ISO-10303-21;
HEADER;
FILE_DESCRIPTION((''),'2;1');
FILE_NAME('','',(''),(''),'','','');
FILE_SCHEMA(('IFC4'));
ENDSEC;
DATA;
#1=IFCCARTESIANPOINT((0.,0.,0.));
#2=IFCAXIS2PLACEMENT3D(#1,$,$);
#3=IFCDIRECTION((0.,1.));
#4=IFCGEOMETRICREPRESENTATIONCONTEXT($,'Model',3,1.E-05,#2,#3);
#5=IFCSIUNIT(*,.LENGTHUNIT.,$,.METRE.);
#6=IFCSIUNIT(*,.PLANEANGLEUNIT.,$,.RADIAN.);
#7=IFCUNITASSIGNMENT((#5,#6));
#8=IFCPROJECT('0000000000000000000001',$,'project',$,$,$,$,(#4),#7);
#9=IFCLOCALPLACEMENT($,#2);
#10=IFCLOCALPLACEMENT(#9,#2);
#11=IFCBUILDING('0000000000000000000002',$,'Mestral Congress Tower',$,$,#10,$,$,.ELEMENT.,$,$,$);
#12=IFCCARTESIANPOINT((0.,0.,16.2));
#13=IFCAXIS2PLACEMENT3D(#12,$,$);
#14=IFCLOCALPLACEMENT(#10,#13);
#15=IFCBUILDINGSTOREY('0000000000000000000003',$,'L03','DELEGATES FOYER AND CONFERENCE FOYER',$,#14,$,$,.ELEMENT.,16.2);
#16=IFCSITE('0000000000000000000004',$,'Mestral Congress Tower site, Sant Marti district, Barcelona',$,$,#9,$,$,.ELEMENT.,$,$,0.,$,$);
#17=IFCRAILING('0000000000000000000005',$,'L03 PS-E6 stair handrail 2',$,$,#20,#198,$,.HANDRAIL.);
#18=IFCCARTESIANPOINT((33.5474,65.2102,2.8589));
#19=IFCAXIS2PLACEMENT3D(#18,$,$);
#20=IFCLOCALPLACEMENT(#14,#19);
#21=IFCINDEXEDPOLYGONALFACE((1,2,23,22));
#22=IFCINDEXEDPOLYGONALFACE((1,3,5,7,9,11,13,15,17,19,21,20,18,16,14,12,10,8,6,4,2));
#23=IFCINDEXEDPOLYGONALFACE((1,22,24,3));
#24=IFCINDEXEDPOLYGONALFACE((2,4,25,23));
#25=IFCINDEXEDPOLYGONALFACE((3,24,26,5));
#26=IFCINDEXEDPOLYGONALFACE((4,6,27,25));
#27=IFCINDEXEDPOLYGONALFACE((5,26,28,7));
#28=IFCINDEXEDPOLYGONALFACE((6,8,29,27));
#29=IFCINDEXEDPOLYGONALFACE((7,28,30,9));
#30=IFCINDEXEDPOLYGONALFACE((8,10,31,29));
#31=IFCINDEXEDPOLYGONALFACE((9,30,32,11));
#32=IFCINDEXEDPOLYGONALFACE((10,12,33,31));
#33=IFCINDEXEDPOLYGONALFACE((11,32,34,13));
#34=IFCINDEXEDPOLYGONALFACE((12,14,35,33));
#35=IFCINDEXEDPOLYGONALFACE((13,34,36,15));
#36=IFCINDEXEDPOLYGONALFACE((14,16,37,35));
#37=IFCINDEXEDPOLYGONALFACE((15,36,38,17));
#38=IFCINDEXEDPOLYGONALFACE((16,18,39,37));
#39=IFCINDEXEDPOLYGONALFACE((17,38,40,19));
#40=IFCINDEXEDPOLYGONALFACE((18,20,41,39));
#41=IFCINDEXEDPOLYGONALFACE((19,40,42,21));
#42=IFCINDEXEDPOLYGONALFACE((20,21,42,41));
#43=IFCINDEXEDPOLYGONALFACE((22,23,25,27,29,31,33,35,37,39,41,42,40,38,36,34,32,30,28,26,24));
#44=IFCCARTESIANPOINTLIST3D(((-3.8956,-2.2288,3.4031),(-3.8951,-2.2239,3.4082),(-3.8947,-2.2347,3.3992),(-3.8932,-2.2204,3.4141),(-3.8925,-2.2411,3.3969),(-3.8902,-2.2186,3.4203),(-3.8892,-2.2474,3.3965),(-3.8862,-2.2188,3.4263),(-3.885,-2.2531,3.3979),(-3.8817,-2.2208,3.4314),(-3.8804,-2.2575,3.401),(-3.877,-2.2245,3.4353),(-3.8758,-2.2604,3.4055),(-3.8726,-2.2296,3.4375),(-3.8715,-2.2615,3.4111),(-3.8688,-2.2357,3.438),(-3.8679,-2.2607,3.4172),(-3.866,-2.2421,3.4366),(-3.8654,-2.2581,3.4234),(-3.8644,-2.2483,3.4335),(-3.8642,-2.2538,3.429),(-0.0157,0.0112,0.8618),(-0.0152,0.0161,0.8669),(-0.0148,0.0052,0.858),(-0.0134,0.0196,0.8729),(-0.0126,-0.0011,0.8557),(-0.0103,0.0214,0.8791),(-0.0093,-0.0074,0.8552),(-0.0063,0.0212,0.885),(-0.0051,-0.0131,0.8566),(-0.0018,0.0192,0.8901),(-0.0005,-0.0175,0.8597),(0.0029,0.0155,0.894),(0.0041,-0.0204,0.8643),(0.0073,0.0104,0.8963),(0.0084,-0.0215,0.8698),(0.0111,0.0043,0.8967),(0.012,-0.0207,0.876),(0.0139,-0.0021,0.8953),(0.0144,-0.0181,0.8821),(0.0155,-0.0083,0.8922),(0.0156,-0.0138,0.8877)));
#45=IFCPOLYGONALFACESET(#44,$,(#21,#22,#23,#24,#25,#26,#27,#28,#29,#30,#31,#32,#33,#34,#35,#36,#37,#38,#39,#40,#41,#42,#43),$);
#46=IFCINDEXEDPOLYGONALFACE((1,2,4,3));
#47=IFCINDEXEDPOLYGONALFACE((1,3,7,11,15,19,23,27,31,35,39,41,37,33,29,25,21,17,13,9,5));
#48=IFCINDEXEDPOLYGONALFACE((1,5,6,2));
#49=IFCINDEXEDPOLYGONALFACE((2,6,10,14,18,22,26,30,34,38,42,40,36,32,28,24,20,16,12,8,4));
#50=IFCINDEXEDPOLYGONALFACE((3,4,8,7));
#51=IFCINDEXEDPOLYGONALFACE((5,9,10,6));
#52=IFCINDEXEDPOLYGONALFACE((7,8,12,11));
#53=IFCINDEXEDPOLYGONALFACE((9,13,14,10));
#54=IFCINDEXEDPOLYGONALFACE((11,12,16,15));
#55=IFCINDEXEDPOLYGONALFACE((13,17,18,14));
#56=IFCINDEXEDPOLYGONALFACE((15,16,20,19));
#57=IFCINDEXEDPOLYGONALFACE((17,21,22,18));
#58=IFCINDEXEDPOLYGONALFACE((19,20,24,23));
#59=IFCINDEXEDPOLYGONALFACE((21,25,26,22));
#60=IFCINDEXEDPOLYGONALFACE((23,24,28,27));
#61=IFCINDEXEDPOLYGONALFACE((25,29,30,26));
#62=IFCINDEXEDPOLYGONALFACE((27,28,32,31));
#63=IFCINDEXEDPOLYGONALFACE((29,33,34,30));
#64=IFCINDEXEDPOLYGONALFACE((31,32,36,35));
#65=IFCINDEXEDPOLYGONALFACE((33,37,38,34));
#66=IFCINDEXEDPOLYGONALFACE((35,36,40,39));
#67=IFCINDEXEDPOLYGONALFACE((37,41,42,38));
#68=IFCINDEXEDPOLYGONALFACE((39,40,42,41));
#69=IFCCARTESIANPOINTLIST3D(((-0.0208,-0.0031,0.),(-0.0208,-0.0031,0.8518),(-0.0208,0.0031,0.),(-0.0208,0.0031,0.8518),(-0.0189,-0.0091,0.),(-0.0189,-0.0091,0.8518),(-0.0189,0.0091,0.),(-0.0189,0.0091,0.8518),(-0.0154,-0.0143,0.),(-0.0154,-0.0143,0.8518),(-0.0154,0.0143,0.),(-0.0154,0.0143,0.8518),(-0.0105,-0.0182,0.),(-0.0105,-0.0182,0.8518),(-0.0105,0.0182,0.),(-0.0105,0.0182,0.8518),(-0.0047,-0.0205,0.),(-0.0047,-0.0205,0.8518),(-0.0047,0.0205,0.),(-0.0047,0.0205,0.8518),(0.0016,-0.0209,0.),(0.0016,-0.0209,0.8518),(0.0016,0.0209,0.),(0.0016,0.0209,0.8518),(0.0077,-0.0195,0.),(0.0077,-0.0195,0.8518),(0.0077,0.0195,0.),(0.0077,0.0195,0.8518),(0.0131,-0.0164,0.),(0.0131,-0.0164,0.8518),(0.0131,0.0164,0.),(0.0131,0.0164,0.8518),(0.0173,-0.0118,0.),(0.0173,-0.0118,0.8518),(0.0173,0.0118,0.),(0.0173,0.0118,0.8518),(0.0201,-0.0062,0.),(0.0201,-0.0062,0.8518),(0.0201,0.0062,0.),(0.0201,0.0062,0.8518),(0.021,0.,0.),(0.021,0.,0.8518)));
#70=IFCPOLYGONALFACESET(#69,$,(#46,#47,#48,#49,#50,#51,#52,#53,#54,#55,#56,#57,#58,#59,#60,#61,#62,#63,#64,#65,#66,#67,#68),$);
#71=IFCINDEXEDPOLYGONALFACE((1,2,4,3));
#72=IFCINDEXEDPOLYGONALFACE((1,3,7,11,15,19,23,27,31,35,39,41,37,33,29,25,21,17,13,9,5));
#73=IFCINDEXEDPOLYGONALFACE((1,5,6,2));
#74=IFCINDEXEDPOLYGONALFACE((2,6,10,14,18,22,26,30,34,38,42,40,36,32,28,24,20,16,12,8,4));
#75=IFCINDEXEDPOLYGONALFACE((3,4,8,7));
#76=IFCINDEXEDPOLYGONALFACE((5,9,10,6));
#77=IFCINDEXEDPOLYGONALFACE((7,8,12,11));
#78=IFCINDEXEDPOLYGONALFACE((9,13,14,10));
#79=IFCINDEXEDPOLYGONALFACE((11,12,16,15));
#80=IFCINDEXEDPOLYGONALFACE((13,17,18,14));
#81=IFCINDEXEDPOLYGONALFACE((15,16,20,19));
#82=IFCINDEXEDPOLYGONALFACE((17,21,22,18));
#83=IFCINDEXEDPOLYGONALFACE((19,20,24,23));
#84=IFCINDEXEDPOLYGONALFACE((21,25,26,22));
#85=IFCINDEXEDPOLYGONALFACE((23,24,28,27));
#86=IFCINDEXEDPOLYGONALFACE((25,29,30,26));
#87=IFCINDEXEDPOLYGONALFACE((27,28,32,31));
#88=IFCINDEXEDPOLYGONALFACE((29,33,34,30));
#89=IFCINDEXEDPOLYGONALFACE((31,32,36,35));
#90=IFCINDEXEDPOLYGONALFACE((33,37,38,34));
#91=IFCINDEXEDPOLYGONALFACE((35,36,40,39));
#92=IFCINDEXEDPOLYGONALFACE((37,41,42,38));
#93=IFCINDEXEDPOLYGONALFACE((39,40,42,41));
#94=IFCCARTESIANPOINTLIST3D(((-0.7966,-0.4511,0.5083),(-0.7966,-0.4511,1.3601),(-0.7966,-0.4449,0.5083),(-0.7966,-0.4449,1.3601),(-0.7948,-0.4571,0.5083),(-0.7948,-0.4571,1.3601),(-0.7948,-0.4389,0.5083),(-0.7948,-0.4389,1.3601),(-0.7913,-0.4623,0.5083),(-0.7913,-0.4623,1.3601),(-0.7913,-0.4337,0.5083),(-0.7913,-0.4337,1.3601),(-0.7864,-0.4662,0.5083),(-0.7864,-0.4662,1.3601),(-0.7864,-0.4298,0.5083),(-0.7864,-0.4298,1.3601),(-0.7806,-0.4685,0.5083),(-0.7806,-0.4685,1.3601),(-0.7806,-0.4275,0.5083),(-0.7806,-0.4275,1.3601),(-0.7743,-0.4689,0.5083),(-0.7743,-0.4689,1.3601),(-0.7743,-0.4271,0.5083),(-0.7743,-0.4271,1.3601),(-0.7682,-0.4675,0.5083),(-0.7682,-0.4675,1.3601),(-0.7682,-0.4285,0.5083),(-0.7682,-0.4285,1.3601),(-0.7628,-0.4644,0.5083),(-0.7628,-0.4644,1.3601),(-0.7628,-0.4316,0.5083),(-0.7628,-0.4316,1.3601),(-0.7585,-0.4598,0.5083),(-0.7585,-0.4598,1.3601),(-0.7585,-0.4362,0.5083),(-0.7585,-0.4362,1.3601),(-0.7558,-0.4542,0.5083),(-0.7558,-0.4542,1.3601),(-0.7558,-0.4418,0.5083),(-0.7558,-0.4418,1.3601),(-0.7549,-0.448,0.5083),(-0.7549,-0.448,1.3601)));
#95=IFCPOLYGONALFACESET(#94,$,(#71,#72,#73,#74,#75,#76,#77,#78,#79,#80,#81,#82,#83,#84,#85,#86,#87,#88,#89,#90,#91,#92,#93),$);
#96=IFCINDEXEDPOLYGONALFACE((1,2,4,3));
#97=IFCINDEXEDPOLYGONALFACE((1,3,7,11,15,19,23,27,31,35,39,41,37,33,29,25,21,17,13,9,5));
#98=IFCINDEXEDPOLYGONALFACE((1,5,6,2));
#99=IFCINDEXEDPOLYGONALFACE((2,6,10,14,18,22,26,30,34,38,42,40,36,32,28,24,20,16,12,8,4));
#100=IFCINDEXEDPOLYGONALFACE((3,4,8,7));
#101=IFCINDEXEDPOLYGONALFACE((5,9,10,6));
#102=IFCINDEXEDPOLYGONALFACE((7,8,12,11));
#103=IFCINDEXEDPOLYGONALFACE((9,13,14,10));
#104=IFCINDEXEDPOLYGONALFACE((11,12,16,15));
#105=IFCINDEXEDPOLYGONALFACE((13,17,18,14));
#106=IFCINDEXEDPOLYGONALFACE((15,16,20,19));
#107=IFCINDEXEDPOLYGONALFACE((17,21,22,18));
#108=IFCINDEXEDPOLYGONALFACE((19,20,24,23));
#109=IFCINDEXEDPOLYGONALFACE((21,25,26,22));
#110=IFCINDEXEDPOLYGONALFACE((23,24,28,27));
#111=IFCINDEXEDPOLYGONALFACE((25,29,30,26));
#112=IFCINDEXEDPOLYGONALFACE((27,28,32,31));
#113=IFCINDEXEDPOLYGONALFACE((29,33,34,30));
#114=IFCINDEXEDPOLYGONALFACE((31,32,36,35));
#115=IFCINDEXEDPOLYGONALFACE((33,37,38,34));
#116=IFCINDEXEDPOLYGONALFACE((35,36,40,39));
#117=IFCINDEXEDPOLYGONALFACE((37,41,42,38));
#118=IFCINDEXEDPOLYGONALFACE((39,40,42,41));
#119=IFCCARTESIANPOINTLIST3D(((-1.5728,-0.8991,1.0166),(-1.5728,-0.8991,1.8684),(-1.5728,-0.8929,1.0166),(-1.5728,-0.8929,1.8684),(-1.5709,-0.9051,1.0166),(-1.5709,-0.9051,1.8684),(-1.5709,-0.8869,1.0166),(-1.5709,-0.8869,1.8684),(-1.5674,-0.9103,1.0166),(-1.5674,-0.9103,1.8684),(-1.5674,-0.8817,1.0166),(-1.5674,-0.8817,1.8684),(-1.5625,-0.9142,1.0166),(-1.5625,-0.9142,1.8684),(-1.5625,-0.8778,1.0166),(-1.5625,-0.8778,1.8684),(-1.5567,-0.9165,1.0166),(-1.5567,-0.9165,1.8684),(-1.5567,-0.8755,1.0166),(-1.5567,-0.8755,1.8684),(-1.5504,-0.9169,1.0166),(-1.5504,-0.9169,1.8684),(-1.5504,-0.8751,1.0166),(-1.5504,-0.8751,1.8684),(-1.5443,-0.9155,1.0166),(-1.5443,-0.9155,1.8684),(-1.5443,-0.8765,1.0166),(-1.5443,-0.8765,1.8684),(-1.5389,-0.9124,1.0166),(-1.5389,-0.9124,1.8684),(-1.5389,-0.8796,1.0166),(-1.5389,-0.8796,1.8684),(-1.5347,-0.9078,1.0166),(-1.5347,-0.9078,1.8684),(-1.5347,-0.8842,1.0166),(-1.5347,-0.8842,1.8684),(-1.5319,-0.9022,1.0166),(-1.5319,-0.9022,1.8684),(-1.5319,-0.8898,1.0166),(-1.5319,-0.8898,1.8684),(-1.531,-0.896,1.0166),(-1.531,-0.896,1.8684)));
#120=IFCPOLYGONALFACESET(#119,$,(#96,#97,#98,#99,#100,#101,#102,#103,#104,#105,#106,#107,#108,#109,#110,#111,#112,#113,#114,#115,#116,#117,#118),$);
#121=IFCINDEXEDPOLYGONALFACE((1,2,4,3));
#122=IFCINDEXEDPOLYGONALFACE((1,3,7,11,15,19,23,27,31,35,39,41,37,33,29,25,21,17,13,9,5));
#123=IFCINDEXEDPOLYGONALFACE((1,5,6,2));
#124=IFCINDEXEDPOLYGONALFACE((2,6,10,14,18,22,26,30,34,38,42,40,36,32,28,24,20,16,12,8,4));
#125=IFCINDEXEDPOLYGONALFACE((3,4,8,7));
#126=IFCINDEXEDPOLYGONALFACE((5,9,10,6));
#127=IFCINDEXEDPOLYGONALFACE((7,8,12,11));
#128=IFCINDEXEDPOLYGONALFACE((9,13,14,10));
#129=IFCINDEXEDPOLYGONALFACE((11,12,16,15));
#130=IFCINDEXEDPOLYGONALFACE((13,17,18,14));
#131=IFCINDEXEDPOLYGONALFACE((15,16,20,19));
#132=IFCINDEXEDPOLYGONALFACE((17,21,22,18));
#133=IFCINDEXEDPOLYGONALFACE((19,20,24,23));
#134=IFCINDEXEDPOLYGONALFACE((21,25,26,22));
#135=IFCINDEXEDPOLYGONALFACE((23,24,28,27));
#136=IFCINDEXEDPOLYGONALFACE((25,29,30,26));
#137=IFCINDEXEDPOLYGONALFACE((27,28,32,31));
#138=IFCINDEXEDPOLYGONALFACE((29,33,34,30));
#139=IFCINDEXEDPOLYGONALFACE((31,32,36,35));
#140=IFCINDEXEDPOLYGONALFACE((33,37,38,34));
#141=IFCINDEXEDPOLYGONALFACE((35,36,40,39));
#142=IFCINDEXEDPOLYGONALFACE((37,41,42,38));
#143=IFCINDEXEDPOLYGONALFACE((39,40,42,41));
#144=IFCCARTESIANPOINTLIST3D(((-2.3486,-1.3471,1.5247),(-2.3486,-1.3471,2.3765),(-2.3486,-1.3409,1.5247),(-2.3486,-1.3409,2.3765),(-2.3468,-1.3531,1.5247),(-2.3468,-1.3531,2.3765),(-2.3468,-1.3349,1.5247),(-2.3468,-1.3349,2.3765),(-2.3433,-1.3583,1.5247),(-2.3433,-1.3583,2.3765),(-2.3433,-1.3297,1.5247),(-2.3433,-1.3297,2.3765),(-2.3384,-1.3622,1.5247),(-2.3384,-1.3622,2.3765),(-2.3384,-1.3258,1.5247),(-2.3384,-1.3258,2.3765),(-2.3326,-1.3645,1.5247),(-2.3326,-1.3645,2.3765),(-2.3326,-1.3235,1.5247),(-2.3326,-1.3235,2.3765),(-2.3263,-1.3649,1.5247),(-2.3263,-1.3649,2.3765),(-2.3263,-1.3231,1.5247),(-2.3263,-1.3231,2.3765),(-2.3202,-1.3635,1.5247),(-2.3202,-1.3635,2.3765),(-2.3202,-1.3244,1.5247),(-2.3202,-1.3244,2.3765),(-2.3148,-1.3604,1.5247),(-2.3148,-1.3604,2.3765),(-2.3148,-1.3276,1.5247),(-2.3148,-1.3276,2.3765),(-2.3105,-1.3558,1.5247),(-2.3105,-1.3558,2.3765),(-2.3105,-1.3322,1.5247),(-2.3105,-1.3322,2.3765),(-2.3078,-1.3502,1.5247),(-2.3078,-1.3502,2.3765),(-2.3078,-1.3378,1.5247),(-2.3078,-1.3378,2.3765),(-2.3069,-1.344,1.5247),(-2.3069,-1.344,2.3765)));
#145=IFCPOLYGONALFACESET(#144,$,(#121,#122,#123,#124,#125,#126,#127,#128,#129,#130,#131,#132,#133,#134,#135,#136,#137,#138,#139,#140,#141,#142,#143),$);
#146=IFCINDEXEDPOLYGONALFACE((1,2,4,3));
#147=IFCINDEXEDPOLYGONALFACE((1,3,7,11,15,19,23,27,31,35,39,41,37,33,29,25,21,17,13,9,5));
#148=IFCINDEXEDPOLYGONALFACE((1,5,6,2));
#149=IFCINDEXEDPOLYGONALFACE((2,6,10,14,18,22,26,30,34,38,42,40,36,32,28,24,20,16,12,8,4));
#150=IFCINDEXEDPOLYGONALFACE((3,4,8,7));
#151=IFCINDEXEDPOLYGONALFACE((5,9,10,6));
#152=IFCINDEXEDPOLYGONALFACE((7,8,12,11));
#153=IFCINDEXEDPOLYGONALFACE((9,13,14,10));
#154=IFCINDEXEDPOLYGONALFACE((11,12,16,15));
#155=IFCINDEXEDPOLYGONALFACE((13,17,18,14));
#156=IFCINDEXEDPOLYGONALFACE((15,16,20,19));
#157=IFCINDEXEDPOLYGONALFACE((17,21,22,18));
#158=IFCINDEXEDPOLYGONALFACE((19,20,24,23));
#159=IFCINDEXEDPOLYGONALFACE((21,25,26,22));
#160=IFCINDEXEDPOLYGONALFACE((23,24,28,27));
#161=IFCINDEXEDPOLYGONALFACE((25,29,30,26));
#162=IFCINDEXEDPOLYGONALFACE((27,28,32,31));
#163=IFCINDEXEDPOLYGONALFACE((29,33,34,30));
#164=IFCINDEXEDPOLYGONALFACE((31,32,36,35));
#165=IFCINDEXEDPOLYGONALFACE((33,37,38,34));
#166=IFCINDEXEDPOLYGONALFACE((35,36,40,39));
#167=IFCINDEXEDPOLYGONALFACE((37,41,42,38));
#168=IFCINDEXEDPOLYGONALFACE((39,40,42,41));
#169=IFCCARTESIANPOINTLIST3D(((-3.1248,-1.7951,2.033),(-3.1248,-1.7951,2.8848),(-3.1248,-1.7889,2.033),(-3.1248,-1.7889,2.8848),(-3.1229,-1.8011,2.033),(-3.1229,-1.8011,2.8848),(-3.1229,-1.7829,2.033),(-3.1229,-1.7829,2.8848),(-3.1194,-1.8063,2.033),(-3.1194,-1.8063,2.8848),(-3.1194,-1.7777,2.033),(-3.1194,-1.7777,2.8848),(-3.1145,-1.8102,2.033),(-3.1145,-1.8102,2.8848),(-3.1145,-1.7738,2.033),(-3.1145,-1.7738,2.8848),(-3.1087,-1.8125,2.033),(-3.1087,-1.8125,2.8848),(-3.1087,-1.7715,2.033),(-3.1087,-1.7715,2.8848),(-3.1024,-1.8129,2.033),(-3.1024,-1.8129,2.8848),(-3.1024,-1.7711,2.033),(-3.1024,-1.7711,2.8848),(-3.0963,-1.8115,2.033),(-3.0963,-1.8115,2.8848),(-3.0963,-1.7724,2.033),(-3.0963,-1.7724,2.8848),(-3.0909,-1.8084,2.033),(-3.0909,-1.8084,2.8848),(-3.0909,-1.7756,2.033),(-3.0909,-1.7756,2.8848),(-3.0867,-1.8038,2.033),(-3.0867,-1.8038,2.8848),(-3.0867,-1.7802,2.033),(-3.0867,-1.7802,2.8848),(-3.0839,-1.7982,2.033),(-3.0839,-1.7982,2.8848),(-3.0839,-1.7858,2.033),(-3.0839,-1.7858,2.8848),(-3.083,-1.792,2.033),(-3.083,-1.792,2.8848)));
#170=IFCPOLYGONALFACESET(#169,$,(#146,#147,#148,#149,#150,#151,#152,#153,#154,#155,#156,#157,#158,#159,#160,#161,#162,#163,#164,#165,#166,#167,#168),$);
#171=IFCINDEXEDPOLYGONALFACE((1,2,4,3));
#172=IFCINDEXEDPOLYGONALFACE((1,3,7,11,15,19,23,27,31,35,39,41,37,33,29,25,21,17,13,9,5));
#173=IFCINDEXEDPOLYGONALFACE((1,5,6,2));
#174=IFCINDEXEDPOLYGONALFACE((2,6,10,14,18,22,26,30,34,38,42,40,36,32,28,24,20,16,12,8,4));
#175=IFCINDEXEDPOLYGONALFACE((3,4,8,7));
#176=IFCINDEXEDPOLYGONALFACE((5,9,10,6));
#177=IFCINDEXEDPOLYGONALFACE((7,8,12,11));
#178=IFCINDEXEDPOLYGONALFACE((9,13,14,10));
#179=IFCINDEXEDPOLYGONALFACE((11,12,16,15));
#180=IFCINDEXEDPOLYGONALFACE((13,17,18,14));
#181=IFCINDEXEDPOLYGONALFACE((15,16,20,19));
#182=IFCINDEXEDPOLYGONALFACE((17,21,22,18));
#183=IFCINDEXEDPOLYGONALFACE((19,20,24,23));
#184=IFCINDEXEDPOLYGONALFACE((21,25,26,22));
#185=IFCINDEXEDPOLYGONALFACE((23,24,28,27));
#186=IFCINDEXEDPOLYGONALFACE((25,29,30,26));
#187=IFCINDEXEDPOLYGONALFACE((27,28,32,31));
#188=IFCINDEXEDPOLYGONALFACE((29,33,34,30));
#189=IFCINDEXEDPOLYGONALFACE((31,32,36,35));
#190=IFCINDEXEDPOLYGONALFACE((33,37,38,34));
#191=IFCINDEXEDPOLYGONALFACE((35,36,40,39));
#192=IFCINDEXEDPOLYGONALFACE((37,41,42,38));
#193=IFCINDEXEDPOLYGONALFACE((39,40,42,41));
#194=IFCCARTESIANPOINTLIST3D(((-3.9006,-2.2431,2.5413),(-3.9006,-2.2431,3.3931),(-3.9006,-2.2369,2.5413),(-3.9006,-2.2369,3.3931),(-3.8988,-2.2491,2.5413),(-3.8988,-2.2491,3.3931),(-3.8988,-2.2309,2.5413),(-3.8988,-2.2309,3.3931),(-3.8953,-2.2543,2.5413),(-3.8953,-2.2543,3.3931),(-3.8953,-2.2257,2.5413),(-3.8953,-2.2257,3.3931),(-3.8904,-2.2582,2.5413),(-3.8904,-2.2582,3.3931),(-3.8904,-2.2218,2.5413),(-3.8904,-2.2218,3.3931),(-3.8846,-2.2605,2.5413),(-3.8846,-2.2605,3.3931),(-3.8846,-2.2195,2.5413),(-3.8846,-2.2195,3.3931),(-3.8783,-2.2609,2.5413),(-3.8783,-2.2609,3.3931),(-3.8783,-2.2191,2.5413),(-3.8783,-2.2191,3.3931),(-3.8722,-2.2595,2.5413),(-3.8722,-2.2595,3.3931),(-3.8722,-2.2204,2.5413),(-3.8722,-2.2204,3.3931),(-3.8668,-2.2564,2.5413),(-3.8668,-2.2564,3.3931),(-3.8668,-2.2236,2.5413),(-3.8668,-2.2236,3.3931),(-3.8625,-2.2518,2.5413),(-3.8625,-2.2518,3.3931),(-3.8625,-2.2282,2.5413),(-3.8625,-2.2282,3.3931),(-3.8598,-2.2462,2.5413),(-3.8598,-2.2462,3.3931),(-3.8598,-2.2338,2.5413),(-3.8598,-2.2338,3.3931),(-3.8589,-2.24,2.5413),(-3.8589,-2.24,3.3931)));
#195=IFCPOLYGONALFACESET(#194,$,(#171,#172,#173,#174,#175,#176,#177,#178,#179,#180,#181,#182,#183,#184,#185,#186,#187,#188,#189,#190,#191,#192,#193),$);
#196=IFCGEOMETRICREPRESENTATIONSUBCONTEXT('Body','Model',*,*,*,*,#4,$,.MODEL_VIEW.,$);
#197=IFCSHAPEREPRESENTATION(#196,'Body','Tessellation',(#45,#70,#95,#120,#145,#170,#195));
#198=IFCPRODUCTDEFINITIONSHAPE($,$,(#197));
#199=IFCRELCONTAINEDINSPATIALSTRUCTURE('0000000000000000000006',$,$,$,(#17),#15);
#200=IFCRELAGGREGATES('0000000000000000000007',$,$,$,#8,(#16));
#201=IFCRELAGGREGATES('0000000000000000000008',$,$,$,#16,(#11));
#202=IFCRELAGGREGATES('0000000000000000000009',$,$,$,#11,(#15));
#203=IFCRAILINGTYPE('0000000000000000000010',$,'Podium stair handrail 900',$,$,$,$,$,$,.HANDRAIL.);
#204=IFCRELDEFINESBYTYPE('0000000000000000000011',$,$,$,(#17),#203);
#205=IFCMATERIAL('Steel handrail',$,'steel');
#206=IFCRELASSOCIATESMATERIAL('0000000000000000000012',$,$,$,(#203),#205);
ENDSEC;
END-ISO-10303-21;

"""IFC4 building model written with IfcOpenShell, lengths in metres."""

from ifc_helpers import new_model, si_unit, direction, frame, origin, origin_2d, place, context, subcontext, project, spatial, circle, extrude, material, type_object, element, save


model = new_model("IFC4")

# Units and contexts
model_context = context("Model", 3, precision=1e-05, world=origin(), true_north=direction((0.0, 1.0)))
body_context = subcontext(model_context, "Body", "Model", "MODEL_VIEW")
ifc_project = project(units=[si_unit("LENGTHUNIT", "METRE"), si_unit("PLANEANGLEUNIT", "RADIAN")], contexts=[model_context])

# Site, building, storey
site_placement = place(None, origin())
site = spatial("IfcSite", under=ifc_project, at=site_placement, Name="Mestral Congress Tower site, Sant Marti district, Barcelona", CompositionType="ELEMENT", RefElevation=0.0)
building_placement = place(site_placement, origin())
building = spatial("IfcBuilding", under=site, at=building_placement, Name="Mestral Congress Tower", CompositionType="ELEMENT")
storey_placement = place(building_placement, frame((0.0, 0.0, 16.2)))
storey = spatial("IfcBuildingStorey", under=building, at=storey_placement, Name="L03", Description="DELEGATES FOYER AND CONFERENCE FOYER", CompositionType="ELEMENT", Elevation=16.2)

# Railing
ifc_material_1 = material(Name="Steel handrail", Category="steel")
railing_type_1 = type_object("IfcRailingType", Name="Podium stair handrail 900", PredefinedType="HANDRAIL", material=ifc_material_1)
railing_1_placement = place(storey_placement, frame((33.5474, 65.2102, 2.8589)))
element("IfcRailing", 1, at=railing_1_placement, inside=storey, type_object=railing_type_1, Name="L03 PS-E6 stair handrail 2", PredefinedType="HANDRAIL", context=body_context, shape_type="SweptSolid", body=[
    extrude(circle(Radius=0.0239, at=origin_2d()), frame((0.0, 0.0, 0.876), z_axis=(-0.753282, -0.434896, 0.493388), x_axis=(0.49999, -0.866031, 0.0)), (0.0, 0.0, 1.0), 5.1506),
    extrude(circle(Radius=0.021, at=origin_2d()), origin(), (0.0, 0.0, 1.0), 0.8518),
    extrude(circle(Radius=0.021, at=origin_2d()), frame((-0.7759, -0.448, 0.5083)), (0.0, 0.0, 1.0), 0.8518),
    extrude(circle(Radius=0.021, at=origin_2d()), frame((-1.552, -0.896, 1.0166)), (0.0, 0.0, 1.0), 0.8518),
    extrude(circle(Radius=0.021, at=origin_2d()), frame((-2.3279, -1.344, 1.5247)), (0.0, 0.0, 1.0), 0.8518),
    extrude(circle(Radius=0.021, at=origin_2d()), frame((-3.104, -1.792, 2.033)), (0.0, 0.0, 1.0), 0.8518),
    extrude(circle(Radius=0.021, at=origin_2d()), frame((-3.8799, -2.24, 2.5413)), (0.0, 0.0, 1.0), 0.8518),
])

save(model, "model.ifc")
